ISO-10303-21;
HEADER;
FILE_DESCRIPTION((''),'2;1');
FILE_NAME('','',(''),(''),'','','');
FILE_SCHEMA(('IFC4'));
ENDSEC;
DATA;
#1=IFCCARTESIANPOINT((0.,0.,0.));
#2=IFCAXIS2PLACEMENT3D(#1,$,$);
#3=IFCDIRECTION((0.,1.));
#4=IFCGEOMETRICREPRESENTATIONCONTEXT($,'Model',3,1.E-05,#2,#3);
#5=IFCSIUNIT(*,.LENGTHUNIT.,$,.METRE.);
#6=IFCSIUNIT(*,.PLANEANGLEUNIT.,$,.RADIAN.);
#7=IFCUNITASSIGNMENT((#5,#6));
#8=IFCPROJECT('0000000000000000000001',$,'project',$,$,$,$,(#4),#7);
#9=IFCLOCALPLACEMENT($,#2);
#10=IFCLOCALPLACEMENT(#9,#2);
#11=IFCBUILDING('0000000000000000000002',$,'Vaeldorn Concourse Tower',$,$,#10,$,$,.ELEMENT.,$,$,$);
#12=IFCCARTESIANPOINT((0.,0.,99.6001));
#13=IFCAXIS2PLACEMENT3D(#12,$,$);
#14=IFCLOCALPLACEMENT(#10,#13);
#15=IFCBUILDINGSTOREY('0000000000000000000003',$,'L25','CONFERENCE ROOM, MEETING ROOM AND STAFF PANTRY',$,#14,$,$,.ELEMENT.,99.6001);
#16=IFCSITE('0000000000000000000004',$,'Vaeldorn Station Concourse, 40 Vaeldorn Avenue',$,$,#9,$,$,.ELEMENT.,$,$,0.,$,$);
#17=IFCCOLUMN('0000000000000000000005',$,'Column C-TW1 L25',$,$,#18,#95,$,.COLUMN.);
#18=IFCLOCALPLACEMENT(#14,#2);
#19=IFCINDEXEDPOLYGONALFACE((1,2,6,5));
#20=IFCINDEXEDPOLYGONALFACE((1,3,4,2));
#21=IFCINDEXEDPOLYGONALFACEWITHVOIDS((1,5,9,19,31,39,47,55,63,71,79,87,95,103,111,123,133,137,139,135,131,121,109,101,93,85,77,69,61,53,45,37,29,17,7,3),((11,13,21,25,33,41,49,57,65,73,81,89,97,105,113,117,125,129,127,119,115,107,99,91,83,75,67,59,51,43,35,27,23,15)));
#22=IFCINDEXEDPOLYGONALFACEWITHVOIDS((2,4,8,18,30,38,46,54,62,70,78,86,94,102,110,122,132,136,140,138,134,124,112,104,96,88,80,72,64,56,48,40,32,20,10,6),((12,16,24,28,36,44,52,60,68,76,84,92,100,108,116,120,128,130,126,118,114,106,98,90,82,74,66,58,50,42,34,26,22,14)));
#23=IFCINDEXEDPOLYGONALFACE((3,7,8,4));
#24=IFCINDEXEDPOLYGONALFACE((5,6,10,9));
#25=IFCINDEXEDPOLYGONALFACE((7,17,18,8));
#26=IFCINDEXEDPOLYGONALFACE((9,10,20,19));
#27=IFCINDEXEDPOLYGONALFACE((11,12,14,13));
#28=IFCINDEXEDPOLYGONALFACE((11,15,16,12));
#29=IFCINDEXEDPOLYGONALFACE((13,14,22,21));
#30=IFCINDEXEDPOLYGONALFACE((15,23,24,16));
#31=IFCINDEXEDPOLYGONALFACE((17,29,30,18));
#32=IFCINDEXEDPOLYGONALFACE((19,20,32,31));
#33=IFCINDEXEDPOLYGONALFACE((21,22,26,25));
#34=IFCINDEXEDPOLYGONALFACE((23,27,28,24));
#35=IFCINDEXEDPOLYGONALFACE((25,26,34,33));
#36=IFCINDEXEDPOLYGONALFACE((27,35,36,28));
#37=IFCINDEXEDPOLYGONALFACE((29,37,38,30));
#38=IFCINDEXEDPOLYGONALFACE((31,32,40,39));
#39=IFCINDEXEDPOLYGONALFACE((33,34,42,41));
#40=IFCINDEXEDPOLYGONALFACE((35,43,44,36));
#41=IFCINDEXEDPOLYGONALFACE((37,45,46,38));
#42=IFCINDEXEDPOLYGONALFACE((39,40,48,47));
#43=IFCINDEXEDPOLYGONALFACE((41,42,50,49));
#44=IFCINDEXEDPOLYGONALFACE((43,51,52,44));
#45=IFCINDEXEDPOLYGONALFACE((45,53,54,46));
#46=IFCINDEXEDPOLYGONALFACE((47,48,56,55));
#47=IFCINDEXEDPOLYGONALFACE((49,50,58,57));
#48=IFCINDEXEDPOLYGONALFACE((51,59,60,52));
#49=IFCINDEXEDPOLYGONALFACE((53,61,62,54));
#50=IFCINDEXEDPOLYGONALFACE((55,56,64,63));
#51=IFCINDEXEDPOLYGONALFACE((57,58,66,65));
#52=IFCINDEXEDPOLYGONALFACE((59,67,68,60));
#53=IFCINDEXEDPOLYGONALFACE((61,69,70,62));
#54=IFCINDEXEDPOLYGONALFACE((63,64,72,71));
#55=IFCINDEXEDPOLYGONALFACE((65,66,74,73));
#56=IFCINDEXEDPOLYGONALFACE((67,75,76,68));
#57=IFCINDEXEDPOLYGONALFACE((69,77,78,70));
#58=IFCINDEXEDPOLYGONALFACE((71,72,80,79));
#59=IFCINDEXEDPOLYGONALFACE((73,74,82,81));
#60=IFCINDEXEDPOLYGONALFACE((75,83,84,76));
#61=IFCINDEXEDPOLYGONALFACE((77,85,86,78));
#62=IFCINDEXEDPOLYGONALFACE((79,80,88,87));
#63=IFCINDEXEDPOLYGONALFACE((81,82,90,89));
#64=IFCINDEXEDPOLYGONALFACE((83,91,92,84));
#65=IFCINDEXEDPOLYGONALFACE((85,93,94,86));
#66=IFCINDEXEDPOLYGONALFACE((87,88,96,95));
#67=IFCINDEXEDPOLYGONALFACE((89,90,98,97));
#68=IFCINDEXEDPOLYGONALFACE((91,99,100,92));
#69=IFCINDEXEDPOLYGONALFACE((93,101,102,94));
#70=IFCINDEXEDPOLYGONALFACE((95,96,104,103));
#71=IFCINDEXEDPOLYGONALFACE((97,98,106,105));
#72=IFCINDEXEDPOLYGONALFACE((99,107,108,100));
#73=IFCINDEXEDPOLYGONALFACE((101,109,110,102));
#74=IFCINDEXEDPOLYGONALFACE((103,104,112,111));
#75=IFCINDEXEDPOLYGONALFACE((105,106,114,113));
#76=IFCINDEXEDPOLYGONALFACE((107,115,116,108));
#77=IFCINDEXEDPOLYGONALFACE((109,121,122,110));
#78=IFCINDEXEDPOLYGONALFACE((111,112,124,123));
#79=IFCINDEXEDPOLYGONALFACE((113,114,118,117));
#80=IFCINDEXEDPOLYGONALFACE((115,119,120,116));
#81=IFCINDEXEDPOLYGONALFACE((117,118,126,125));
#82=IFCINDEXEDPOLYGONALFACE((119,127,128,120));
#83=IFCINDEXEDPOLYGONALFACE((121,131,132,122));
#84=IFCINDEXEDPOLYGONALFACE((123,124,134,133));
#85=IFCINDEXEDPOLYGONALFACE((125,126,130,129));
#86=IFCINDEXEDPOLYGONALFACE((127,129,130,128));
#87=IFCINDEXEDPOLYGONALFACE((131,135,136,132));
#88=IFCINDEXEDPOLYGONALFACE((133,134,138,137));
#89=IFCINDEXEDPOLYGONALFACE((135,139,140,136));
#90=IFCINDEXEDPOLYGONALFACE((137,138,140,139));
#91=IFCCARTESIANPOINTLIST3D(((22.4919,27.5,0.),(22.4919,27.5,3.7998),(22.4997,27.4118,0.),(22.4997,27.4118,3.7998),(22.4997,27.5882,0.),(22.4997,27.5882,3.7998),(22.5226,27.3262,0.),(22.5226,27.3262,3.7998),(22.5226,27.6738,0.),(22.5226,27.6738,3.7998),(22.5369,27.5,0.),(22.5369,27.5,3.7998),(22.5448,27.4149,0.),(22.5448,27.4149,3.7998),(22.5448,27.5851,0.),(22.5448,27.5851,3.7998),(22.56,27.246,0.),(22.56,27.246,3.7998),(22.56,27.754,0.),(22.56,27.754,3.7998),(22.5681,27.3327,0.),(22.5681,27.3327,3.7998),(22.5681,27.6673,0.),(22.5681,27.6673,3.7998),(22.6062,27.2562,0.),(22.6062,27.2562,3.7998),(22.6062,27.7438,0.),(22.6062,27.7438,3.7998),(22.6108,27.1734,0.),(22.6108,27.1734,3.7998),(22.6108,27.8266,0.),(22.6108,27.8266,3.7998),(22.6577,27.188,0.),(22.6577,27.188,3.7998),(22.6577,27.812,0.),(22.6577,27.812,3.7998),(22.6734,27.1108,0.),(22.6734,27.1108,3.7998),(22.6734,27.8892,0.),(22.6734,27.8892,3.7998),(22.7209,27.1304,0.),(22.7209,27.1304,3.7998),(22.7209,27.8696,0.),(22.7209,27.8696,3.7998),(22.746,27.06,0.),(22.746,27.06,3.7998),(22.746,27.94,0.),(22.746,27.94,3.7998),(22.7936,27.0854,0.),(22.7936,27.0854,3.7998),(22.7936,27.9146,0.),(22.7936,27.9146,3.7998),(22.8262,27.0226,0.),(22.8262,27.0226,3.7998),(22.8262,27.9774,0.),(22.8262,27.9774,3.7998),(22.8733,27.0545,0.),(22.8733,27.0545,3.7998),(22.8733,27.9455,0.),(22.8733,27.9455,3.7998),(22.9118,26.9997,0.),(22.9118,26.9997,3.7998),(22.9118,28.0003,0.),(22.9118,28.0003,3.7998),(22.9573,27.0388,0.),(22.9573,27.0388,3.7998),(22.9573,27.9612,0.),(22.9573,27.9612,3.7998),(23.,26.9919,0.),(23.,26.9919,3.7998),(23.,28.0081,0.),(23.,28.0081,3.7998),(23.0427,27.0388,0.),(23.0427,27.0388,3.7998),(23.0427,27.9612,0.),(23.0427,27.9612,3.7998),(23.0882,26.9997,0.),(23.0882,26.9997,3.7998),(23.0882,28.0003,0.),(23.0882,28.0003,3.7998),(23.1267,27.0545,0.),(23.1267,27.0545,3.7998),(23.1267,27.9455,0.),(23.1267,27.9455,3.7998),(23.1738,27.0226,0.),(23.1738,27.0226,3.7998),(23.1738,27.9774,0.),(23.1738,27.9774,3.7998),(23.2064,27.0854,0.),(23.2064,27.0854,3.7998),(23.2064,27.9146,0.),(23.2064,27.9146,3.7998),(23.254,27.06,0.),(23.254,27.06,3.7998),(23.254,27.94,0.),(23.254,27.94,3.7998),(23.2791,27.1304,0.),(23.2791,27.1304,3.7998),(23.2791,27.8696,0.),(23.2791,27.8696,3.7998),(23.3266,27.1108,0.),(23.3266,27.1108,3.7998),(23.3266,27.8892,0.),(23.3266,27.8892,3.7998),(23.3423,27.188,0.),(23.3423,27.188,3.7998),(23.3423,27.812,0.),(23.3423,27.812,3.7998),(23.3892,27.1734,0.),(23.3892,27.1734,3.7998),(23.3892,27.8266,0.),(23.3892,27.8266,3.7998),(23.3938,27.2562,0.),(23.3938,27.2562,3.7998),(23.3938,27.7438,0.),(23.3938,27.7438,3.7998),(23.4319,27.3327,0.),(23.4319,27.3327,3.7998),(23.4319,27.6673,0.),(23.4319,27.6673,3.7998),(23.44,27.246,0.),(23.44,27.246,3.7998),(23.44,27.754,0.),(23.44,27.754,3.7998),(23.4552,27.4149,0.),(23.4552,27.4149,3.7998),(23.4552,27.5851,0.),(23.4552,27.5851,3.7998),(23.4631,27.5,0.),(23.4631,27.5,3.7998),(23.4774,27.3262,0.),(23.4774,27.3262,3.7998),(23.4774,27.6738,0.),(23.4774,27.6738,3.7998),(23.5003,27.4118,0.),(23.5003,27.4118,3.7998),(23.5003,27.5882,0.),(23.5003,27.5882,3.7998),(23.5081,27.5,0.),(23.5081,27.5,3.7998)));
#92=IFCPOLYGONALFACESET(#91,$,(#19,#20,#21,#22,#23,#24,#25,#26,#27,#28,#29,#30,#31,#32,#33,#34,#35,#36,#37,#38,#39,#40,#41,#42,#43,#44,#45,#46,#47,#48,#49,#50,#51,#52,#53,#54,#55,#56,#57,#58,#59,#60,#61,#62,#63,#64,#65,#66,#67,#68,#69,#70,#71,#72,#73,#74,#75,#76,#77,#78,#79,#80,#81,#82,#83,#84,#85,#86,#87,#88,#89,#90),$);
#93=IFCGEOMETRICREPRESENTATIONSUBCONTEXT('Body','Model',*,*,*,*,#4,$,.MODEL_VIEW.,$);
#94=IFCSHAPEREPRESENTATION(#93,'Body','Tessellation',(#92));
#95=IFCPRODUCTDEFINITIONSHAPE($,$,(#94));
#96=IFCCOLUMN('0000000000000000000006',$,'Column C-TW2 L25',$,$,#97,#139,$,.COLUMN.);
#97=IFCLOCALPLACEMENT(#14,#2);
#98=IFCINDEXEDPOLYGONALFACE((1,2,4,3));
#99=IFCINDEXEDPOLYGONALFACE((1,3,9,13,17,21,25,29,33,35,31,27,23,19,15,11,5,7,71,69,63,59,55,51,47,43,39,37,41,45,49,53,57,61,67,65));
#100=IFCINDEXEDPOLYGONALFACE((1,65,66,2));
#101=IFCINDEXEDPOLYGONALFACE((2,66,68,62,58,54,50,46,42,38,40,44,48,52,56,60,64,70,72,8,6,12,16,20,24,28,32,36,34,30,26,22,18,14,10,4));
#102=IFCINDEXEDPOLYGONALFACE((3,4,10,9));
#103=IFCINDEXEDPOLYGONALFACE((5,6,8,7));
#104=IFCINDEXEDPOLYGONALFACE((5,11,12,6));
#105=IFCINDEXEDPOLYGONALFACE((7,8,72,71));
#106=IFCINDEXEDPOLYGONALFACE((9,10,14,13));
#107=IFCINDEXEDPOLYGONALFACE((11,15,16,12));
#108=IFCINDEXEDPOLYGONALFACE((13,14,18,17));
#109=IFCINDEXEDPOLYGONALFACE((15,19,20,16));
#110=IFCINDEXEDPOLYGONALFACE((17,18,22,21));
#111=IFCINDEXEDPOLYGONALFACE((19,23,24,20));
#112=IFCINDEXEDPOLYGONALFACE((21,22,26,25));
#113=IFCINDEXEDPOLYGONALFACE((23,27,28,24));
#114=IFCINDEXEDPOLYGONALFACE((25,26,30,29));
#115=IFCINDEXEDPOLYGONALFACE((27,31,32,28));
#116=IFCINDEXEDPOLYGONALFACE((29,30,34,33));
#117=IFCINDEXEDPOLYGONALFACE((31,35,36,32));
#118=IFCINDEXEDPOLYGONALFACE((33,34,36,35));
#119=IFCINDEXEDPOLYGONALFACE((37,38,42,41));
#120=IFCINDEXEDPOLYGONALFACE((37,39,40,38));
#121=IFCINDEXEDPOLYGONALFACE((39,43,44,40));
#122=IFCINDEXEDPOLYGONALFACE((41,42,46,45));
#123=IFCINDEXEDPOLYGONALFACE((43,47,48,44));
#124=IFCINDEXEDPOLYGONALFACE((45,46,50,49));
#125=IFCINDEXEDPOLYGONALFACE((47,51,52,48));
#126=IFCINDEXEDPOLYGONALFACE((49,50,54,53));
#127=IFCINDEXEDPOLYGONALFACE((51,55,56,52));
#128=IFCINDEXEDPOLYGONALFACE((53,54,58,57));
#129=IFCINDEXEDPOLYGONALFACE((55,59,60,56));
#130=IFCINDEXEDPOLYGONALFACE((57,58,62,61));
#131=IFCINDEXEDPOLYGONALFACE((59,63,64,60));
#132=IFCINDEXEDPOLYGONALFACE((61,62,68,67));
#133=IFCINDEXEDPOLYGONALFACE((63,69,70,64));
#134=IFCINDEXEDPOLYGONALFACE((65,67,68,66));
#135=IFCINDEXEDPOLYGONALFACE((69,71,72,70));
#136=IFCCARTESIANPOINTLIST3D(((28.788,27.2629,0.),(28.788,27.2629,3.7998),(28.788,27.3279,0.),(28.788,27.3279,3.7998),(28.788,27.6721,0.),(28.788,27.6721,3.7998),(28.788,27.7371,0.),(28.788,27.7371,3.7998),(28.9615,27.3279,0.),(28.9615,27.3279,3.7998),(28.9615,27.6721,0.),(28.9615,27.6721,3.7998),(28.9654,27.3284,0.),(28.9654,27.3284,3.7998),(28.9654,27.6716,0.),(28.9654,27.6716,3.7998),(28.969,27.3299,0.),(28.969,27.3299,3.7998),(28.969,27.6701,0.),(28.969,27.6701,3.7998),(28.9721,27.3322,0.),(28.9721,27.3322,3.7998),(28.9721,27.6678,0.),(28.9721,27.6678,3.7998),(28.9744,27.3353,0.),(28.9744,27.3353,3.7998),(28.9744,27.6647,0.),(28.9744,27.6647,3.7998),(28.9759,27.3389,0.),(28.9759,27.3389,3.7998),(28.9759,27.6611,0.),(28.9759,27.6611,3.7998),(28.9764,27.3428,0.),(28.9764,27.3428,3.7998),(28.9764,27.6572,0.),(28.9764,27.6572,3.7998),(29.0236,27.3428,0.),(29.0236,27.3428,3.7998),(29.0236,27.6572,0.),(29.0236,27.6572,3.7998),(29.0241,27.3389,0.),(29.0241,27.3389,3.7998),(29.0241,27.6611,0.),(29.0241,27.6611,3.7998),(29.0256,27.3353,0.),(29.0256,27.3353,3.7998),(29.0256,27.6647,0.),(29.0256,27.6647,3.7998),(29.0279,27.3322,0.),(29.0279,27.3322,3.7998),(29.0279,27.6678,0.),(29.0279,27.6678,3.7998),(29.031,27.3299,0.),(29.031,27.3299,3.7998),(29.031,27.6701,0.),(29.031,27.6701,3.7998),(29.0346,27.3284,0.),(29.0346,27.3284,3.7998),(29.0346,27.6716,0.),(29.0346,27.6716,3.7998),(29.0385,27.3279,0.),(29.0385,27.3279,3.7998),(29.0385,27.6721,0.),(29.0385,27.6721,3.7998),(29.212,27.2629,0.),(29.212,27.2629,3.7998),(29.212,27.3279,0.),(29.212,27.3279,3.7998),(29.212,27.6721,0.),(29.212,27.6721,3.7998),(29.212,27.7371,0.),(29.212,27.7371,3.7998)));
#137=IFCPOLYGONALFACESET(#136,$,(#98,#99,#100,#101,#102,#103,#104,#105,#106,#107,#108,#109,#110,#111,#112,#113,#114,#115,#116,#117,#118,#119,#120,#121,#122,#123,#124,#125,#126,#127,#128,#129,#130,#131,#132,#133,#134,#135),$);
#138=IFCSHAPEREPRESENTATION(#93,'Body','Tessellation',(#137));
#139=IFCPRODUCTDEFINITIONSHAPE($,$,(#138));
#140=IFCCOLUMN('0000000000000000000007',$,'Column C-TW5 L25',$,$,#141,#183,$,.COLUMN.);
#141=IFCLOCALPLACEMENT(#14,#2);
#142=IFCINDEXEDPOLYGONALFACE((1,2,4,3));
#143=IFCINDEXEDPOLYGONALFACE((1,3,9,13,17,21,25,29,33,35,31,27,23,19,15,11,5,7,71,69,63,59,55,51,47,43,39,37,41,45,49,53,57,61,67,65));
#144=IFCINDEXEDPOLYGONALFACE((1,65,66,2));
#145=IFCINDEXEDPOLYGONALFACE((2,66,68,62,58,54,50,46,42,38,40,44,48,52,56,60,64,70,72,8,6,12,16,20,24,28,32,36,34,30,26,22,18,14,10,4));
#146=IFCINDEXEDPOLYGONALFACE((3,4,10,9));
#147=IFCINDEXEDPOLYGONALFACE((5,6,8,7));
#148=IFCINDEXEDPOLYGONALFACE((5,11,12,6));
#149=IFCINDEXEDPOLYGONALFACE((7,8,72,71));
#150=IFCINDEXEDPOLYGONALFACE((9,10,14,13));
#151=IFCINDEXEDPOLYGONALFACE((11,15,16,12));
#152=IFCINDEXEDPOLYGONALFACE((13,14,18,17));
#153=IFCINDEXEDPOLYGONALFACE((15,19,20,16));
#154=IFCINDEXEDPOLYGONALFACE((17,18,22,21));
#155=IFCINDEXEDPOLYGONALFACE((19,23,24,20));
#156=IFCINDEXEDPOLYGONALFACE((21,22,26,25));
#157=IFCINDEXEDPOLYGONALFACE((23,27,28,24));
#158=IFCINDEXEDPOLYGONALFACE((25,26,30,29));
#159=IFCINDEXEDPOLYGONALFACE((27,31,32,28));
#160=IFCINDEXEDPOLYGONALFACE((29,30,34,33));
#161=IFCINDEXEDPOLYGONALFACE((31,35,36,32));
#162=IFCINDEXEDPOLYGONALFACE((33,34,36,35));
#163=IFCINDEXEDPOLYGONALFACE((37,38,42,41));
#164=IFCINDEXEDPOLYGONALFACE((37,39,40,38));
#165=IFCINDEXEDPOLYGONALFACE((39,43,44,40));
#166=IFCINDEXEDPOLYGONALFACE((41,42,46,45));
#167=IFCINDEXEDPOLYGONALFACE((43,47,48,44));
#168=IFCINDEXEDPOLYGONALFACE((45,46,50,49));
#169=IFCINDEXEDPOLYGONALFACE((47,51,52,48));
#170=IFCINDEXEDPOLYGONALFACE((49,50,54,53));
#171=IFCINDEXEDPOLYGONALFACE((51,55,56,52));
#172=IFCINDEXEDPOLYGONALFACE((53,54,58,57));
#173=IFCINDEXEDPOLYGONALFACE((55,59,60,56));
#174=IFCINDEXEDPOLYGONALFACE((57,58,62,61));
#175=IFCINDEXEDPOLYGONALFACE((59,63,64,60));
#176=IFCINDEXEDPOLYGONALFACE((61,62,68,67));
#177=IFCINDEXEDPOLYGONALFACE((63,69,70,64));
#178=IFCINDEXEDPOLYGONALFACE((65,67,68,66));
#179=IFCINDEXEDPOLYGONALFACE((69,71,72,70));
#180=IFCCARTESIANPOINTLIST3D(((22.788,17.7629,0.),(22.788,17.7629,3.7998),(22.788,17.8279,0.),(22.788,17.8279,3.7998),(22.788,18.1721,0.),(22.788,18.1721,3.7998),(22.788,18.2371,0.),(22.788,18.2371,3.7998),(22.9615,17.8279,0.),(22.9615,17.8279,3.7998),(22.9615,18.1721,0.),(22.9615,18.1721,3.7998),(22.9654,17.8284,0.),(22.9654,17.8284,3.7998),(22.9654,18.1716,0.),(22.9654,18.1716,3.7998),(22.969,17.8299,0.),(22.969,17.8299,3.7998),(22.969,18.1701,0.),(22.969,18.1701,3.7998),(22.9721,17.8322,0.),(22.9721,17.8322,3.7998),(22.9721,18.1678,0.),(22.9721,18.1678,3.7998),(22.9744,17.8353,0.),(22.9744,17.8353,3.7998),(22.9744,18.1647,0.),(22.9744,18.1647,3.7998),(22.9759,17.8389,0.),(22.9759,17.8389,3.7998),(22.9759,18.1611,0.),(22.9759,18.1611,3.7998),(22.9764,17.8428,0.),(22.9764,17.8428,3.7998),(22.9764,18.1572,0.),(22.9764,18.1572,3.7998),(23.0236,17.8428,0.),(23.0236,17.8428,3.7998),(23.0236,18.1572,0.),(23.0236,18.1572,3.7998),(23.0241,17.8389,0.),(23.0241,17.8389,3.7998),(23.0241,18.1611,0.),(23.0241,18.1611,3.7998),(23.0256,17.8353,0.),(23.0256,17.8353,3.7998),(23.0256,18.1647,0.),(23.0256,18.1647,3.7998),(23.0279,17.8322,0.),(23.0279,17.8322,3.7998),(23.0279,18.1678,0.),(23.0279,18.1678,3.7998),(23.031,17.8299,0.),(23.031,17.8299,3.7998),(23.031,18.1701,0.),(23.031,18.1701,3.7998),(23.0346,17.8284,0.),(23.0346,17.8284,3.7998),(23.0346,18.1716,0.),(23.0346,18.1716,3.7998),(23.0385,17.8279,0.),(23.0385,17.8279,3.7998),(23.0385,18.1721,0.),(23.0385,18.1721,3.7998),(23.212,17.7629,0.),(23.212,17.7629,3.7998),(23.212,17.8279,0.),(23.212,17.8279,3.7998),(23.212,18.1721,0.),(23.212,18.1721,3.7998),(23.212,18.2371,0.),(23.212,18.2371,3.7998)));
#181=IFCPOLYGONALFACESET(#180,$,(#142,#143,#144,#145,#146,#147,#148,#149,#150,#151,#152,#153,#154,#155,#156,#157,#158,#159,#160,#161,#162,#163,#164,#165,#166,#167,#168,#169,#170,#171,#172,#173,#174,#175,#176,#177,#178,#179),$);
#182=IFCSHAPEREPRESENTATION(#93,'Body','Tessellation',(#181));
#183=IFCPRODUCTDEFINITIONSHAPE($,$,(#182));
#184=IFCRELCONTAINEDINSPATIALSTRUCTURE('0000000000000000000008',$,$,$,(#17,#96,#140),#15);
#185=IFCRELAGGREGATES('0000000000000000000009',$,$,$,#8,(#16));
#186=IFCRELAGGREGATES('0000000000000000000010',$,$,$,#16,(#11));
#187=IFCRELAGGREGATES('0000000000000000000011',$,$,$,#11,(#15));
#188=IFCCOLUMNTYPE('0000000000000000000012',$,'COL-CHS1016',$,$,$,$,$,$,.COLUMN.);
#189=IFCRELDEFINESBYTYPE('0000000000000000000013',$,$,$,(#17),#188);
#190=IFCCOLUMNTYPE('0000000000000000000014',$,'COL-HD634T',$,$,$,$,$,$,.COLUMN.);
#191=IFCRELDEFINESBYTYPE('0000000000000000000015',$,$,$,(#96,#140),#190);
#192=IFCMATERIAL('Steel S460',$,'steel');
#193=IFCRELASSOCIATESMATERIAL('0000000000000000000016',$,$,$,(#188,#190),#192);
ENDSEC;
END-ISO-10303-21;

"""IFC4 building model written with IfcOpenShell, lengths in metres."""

from ifc_helpers import new_model, si_unit, direction, frame, origin, origin_2d, place, context, subcontext, project, spatial, hollow_circle, i_section, extrude, source, transform, mapped, material, material_profile, profile_set, type_object, element, save


model = new_model("IFC4")

# Units and contexts
model_context = context("Model", 3, precision=1e-05, world=origin(), true_north=direction((0.0, 1.0)))
body_context = subcontext(model_context, "Body", "Model", "MODEL_VIEW")
ifc_project = project(units=[si_unit("LENGTHUNIT", "METRE"), si_unit("PLANEANGLEUNIT", "RADIAN")], contexts=[model_context])

# Site, building, storey
site_placement = place(None, origin())
site = spatial("IfcSite", under=ifc_project, at=site_placement, Name="Vaeldorn Station Concourse, 40 Vaeldorn Avenue", CompositionType="ELEMENT", RefElevation=0.0)
building_placement = place(site_placement, origin())
building = spatial("IfcBuilding", under=site, at=building_placement, Name="Vaeldorn Concourse Tower", CompositionType="ELEMENT")
storey_placement = place(building_placement, frame((0.0, 0.0, 99.6001)))
storey = spatial("IfcBuildingStorey", under=building, at=storey_placement, Name="L25", Description="CONFERENCE ROOM, MEETING ROOM AND STAFF PANTRY", CompositionType="ELEMENT", Elevation=99.6001)

# Columns
ifc_material_1 = material(Name="Steel S460", Category="steel")
ifc_material_profile_1 = material_profile(ifc_material_1, hollow_circle(Radius=0.5081, WallThickness=0.0449, at=origin_2d()), Name="CHS 1016x45")
ifc_profile_set_1 = profile_set([ifc_material_profile_1], Name="Steel S460")
column_type_1 = type_object("IfcColumnType", Name="COL-CHS1016", PredefinedType="COLUMN", material=ifc_profile_set_1)
shared_shape_1 = source(origin(), body_context, "Body", "SweptSolid", [
    extrude(hollow_circle(Radius=0.5081, WallThickness=0.0449, at=origin_2d()), origin(), (0.0, 0.0, 1.0), 3.7998),
])
column_1_placement = place(storey_placement, frame((23.0, 27.5, 0.0), z_axis=(0.0, 0.0, 1.0), x_axis=(1.0, 0.0, 0.0)))
element("IfcColumn", 1, at=column_1_placement, inside=storey, type_object=column_type_1, Name="Column C-TW1 L25", PredefinedType="COLUMN", context=body_context, shape_type="MappedRepresentation", body=[
    mapped(shared_shape_1, transform((0.0, 0.0, 0.0), scale=1.0)),
])
ifc_material_profile_2 = material_profile(ifc_material_1, i_section(OverallWidth=0.4241, OverallDepth=0.4741, WebThickness=0.0471, FlangeThickness=0.0649, FilletRadius=0.0149, at=origin_2d()), Name="HD 400x634")
ifc_profile_set_2 = profile_set([ifc_material_profile_2], Name="Steel S460")
column_type_2 = type_object("IfcColumnType", Name="COL-HD634T", PredefinedType="COLUMN", material=ifc_profile_set_2)
shared_shape_2 = source(origin(), body_context, "Body", "SweptSolid", [
    extrude(i_section(OverallWidth=0.4241, OverallDepth=0.4741, WebThickness=0.0471, FlangeThickness=0.0649, FilletRadius=0.0149, at=origin_2d()), origin(), (0.0, 0.0, 1.0), 3.7998),
])
for number, where, z_axis, x_axis, name in (
    (2, (29.0, 27.5, 0.0), (0.0, 0.0, 1.0), (1.0, 0.0, 0.0), "Column C-TW2 L25"),
    (3, (23.0, 18.0, 0.0), (0.0, 0.0, 1.0), (1.0, 0.0, 0.0), "Column C-TW5 L25"),
):
    element("IfcColumn", number, at=place(storey_placement, frame(where, z_axis=z_axis, x_axis=x_axis)), inside=storey, type_object=column_type_2, Name=name, PredefinedType="COLUMN", context=body_context, shape_type="MappedRepresentation", body=[
        mapped(shared_shape_2, transform((0.0, 0.0, 0.0), scale=1.0)),
    ])

save(model, "model.ifc")
